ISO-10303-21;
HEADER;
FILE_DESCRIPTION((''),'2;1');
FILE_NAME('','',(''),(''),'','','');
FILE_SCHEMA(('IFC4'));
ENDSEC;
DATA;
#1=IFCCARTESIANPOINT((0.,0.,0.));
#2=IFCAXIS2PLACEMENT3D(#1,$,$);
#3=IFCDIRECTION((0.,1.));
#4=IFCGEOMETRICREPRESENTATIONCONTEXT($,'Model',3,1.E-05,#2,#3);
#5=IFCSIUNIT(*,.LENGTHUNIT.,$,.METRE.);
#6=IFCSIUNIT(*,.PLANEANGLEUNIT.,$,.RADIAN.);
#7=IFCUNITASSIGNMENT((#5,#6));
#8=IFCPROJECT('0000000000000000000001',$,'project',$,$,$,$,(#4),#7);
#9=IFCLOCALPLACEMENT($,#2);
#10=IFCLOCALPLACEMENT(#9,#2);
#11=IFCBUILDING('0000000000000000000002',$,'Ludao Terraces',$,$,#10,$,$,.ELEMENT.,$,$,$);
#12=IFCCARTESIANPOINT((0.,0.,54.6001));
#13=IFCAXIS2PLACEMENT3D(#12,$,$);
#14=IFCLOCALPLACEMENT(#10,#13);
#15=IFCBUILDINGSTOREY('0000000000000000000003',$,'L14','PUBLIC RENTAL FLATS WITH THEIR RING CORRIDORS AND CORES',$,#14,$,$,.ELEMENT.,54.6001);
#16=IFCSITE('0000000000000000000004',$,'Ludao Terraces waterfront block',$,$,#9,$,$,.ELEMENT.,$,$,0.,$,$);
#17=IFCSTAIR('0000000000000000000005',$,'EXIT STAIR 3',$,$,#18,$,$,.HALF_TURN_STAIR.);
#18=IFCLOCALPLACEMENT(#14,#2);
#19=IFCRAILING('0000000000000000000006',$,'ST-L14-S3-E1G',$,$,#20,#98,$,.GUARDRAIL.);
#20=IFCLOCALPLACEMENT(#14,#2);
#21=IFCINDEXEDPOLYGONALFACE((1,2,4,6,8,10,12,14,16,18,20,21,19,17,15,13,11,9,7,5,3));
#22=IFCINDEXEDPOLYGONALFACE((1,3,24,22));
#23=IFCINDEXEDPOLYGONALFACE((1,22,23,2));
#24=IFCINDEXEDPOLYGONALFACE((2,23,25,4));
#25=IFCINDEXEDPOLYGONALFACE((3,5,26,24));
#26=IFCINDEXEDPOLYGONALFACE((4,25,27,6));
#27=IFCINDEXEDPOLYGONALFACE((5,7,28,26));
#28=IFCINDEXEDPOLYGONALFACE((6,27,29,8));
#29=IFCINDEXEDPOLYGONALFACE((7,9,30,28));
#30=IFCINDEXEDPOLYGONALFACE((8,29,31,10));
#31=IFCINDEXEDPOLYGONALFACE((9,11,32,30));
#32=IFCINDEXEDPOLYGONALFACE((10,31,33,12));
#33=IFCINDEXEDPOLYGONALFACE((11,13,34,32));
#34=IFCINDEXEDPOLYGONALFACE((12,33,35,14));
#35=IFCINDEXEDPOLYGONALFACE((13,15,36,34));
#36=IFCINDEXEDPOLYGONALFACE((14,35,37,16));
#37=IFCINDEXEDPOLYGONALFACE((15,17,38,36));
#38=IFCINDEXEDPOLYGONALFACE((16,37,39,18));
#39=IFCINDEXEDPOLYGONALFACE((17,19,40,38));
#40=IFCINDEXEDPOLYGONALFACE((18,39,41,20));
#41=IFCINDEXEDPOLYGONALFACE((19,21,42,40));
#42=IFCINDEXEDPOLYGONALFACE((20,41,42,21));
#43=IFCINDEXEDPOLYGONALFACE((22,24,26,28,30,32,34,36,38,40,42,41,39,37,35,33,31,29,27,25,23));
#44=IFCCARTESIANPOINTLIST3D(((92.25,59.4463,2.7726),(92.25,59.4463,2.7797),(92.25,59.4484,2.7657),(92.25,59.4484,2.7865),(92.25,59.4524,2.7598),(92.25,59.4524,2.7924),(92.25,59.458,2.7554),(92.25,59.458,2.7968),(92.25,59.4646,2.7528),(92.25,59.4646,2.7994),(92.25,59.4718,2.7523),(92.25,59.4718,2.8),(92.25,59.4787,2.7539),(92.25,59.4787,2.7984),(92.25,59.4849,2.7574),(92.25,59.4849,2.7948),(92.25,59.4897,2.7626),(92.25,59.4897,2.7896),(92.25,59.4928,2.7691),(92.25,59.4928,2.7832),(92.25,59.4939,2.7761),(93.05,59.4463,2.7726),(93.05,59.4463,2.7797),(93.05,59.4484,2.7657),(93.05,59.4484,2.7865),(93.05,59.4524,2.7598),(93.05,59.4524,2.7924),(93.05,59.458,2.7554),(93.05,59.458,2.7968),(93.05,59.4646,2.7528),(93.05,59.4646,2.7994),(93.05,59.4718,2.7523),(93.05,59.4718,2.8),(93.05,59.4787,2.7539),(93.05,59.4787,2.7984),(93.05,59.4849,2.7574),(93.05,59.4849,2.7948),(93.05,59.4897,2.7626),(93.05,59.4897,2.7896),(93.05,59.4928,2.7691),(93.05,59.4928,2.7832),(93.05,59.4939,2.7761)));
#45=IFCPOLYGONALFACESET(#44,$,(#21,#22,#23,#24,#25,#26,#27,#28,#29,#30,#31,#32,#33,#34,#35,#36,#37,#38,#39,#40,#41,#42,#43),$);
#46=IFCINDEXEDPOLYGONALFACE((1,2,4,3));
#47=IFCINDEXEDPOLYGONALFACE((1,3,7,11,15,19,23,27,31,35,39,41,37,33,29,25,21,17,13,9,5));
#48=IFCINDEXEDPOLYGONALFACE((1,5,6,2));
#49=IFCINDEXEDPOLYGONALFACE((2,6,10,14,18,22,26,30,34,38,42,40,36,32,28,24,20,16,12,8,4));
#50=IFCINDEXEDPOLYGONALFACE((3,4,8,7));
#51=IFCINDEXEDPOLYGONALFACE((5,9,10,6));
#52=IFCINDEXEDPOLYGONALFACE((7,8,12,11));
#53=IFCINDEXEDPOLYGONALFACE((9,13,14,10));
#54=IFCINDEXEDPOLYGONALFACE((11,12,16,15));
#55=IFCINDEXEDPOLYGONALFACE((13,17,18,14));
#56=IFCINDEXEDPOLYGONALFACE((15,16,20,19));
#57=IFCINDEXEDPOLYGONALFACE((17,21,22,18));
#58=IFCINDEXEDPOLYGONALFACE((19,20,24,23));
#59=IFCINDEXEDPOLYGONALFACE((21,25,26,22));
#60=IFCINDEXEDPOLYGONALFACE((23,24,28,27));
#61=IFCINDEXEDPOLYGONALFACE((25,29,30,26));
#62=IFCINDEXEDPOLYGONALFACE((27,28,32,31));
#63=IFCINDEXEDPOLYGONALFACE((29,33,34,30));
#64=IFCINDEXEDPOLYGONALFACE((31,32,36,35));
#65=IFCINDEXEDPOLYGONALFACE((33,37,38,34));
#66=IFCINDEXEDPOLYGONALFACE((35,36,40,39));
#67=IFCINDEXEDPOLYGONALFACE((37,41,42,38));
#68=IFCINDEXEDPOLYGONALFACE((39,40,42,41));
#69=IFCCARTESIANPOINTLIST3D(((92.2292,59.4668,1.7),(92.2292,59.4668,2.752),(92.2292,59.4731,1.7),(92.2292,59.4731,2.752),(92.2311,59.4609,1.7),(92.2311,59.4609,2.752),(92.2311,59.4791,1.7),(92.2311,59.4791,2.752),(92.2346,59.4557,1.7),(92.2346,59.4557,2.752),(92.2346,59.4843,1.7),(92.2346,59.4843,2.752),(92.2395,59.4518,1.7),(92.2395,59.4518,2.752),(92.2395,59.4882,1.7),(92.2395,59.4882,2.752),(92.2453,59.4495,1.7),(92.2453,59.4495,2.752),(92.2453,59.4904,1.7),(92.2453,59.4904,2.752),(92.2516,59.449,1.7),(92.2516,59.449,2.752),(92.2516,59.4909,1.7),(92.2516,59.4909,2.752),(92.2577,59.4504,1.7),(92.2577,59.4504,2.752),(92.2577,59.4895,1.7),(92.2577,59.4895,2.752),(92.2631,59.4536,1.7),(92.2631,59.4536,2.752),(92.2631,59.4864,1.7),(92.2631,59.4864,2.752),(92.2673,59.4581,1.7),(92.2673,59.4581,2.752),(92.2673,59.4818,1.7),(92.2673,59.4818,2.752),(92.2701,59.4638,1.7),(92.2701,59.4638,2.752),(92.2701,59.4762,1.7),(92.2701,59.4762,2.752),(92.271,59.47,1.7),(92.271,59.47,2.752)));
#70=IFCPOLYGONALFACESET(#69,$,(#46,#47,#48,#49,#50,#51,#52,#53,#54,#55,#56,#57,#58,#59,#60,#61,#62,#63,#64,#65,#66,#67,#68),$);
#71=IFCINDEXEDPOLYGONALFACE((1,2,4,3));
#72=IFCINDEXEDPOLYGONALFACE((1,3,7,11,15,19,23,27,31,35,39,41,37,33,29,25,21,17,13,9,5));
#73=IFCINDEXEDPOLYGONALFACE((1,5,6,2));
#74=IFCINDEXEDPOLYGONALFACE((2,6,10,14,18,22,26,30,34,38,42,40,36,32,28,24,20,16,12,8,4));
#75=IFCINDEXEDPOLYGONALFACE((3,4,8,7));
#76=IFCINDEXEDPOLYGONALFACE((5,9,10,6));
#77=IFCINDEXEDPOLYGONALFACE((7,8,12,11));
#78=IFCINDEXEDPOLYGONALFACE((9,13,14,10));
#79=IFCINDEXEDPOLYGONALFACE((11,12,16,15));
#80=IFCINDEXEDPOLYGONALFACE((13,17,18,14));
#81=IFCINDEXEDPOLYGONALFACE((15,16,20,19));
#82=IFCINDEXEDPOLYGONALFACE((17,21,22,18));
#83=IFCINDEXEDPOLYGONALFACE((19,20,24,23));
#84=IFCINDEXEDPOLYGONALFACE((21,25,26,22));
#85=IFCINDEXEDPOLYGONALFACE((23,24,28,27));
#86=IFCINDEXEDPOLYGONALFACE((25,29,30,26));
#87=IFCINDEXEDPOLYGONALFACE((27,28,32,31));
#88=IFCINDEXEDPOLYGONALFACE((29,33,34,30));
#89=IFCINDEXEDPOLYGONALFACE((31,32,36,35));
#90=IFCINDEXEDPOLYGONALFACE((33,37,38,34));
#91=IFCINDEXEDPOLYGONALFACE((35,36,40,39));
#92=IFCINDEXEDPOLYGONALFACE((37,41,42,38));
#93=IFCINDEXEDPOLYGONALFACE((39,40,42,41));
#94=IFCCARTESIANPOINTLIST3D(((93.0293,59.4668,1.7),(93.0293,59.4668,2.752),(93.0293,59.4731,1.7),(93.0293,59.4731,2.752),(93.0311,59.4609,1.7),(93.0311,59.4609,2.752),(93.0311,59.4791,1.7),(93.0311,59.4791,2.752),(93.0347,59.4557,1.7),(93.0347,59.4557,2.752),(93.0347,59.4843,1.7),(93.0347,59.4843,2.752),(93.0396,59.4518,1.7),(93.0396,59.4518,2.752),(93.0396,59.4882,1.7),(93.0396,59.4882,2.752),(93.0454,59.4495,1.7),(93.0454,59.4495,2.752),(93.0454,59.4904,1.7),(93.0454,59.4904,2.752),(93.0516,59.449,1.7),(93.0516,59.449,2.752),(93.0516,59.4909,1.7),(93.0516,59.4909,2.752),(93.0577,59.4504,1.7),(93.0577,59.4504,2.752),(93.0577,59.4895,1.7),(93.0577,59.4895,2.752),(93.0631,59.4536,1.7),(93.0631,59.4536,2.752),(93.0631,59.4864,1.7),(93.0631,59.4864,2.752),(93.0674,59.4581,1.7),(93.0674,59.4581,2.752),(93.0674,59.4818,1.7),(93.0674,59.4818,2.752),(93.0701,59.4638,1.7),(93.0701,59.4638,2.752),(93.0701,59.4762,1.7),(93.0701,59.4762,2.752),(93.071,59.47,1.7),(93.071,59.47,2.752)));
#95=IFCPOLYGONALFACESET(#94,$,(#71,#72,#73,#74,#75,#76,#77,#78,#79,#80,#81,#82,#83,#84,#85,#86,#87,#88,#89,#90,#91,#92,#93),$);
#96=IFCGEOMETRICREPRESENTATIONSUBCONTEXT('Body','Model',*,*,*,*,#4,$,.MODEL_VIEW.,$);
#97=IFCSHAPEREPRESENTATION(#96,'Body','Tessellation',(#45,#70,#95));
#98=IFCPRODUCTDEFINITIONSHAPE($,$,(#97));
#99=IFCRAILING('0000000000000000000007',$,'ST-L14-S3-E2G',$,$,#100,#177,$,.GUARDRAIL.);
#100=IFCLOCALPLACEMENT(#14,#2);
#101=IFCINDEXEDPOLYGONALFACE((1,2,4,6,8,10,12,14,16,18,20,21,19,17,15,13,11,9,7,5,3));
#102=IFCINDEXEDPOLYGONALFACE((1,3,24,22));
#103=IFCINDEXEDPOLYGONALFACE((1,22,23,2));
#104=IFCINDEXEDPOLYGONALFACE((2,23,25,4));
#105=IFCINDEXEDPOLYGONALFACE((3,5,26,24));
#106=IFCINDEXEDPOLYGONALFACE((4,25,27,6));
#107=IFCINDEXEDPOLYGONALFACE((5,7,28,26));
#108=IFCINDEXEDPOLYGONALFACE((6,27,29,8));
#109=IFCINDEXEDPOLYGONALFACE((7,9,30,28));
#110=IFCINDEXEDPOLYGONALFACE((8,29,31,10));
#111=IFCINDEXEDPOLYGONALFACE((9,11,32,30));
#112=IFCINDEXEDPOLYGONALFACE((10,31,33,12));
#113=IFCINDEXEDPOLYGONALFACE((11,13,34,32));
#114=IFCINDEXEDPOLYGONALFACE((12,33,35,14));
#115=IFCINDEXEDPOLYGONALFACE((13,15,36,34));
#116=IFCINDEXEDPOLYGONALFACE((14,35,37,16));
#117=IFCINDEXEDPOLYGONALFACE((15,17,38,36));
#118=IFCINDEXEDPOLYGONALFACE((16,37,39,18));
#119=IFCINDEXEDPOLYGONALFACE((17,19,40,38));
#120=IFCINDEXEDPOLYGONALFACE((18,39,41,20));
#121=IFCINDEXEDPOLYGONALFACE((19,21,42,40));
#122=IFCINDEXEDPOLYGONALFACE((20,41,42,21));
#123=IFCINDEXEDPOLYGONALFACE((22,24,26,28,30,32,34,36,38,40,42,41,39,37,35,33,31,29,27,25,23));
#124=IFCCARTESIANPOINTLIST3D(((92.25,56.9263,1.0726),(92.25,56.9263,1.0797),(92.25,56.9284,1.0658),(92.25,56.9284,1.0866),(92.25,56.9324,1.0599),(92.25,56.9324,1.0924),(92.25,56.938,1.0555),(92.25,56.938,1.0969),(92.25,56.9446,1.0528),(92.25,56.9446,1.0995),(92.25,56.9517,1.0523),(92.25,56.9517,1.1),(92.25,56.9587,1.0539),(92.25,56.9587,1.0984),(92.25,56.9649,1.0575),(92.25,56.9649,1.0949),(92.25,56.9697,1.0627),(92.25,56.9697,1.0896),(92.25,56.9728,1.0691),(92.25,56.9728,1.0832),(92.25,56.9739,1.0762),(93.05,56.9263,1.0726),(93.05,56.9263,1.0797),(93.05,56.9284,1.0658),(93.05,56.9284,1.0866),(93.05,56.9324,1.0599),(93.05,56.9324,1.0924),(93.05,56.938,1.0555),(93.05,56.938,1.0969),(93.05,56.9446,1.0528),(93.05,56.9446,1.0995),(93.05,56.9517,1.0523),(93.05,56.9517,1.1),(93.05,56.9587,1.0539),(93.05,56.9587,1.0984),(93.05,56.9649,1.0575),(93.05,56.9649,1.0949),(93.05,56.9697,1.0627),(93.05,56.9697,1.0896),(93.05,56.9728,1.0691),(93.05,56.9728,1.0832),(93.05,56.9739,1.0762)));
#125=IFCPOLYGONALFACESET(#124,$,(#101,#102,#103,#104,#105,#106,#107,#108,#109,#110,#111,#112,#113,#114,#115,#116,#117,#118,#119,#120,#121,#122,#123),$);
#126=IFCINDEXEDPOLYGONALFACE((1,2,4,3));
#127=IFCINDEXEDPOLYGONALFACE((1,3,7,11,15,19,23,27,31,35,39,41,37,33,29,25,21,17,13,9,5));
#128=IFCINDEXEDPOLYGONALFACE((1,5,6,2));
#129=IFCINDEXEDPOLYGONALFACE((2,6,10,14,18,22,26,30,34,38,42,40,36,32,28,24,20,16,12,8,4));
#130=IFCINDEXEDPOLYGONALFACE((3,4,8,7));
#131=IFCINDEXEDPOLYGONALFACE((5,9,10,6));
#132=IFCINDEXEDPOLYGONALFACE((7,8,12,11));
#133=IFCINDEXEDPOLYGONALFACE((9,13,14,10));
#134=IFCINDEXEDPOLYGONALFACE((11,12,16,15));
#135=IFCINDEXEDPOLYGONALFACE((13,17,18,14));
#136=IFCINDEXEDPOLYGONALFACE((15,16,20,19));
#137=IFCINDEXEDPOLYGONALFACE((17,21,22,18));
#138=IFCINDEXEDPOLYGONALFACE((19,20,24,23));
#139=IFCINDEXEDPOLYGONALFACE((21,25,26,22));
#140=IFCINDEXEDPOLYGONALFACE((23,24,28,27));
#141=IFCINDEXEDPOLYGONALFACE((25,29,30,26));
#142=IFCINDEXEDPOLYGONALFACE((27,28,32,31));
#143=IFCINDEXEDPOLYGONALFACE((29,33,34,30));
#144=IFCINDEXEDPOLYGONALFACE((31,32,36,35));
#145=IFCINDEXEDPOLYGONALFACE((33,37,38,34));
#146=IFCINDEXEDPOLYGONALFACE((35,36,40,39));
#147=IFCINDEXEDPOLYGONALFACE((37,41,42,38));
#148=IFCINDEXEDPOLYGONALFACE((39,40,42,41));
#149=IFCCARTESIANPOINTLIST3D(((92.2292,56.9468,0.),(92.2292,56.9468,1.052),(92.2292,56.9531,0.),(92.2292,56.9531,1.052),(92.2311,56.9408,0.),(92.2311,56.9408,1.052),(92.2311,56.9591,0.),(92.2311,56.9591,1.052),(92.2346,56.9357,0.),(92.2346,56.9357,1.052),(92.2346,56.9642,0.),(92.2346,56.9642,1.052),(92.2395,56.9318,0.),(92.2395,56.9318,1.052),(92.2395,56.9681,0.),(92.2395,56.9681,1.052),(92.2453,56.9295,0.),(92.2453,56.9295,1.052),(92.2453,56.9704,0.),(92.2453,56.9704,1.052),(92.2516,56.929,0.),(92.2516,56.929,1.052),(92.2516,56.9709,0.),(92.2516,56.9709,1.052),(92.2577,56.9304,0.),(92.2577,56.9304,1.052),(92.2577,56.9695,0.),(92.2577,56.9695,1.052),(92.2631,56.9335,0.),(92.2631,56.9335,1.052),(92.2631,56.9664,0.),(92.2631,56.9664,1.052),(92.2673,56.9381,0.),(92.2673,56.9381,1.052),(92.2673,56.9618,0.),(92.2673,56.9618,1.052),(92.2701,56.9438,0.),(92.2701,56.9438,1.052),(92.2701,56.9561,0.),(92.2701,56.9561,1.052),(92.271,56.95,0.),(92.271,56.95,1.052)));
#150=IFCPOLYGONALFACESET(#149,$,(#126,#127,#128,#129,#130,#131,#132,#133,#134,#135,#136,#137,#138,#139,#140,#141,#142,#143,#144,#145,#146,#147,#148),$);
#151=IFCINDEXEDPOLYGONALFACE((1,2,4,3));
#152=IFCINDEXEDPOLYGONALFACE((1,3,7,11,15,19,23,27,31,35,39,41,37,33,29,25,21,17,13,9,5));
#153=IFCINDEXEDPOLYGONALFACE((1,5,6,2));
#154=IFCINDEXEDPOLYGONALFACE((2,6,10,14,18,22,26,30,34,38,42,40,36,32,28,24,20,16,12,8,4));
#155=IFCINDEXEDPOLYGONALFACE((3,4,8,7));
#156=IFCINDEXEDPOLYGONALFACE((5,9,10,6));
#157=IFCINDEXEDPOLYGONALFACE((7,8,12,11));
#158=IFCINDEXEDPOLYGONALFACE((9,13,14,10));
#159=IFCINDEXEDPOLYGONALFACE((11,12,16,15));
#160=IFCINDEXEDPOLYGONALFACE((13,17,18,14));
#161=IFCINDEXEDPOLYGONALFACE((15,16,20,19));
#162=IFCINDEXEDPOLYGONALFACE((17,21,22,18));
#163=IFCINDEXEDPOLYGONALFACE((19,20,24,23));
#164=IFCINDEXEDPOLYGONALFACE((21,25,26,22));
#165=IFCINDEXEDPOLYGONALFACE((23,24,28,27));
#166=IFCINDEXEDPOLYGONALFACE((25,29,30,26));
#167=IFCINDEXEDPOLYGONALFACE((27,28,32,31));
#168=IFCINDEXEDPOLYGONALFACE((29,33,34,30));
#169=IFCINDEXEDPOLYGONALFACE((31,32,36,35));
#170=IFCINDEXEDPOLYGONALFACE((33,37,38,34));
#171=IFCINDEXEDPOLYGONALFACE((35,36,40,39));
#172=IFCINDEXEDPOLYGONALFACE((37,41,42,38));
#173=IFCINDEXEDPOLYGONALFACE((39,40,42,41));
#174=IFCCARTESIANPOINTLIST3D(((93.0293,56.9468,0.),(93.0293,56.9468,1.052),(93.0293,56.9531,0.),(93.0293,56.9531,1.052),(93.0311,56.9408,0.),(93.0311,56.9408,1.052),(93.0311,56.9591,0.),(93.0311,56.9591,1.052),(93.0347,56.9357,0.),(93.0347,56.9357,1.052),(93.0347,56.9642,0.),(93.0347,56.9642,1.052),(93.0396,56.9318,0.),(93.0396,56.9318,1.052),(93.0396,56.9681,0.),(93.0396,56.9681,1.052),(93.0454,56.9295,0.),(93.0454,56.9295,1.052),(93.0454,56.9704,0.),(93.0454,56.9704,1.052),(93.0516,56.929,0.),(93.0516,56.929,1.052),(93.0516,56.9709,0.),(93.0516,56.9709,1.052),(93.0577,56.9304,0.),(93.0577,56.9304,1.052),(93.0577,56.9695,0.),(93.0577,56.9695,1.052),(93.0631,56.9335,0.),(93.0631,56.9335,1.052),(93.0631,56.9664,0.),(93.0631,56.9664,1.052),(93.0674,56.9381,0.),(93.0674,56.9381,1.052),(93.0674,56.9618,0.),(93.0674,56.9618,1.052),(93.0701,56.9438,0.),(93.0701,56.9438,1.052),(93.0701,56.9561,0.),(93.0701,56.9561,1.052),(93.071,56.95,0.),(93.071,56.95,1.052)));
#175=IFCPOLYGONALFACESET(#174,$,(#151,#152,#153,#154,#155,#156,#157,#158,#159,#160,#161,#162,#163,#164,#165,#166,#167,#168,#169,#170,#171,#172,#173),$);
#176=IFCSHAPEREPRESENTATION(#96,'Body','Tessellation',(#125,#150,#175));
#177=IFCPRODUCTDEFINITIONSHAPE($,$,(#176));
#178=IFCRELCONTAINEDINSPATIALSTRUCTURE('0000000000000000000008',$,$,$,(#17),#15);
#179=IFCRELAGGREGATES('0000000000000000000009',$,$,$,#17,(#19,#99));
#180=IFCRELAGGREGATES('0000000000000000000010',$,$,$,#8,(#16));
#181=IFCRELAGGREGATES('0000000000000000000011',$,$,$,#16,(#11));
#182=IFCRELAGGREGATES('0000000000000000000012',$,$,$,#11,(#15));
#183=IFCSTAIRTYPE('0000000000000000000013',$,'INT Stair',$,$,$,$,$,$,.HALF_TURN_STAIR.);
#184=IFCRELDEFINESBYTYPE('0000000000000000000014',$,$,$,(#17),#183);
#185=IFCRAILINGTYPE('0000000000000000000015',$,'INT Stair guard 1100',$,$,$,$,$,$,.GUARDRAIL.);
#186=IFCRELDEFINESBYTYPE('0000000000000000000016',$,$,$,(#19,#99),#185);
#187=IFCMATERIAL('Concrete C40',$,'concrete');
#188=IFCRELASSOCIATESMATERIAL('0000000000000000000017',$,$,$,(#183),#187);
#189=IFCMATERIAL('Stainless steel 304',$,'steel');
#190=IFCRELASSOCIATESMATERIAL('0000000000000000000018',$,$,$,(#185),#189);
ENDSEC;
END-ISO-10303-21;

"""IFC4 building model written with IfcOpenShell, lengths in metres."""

from ifc_helpers import new_model, si_unit, direction, frame, origin, origin_2d, place, context, subcontext, project, spatial, circle, extrude, material, type_object, element, aggregate, save


model = new_model("IFC4")

# Units and contexts
model_context = context("Model", 3, precision=1e-05, world=origin(), true_north=direction((0.0, 1.0)))
body_context = subcontext(model_context, "Body", "Model", "MODEL_VIEW")
ifc_project = project(units=[si_unit("LENGTHUNIT", "METRE"), si_unit("PLANEANGLEUNIT", "RADIAN")], contexts=[model_context])

# Site, building, storey
site_placement = place(None, origin())
site = spatial("IfcSite", under=ifc_project, at=site_placement, Name="Ludao Terraces waterfront block", CompositionType="ELEMENT", RefElevation=0.0)
building_placement = place(site_placement, origin())
building = spatial("IfcBuilding", under=site, at=building_placement, Name="Ludao Terraces", CompositionType="ELEMENT")
storey_placement = place(building_placement, frame((0.0, 0.0, 54.6001)))
storey = spatial("IfcBuildingStorey", under=building, at=storey_placement, Name="L14", Description="PUBLIC RENTAL FLATS WITH THEIR RING CORRIDORS AND CORES", CompositionType="ELEMENT", Elevation=54.6001)

# Stair, railings
ifc_material_1 = material(Name="Concrete C40", Category="concrete")
stair_type = type_object("IfcStairType", Name="INT Stair", PredefinedType="HALF_TURN_STAIR", material=ifc_material_1)
stair_placement = place(storey_placement, origin())
stair = element("IfcStair", 1, at=stair_placement, inside=storey, type_object=stair_type, Name="EXIT STAIR 3", PredefinedType="HALF_TURN_STAIR")
ifc_material_2 = material(Name="Stainless steel 304", Category="steel")
railing_type_1 = type_object("IfcRailingType", Name="INT Stair guard 1100", PredefinedType="GUARDRAIL", material=ifc_material_2)
railing_1_placement = place(storey_placement, frame((92.25, 59.47, 1.7)))
railing_1 = element("IfcRailing", 2, at=railing_1_placement, type_object=railing_type_1, Name="ST-L14-S3-E1G", PredefinedType="GUARDRAIL", context=body_context, shape_type="SweptSolid", body=[
    extrude(circle(Radius=0.0239, at=origin_2d()), frame((0.0, 0.0, 1.0762), z_axis=(1.0, 0.0, 0.0), x_axis=(0.0, 1.0, 0.0)), (0.0, 0.0, 1.0), 0.8),
    extrude(circle(Radius=0.021, at=origin_2d()), origin(), (0.0, 0.0, 1.0), 1.052),
    extrude(circle(Radius=0.021, at=origin_2d()), frame((0.8, 0.0, 0.0)), (0.0, 0.0, 1.0), 1.052),
])
railing_2_placement = place(storey_placement, frame((92.25, 56.95, 0.0)))
railing_2 = element("IfcRailing", 3, at=railing_2_placement, type_object=railing_type_1, Name="ST-L14-S3-E2G", PredefinedType="GUARDRAIL", context=body_context, shape_type="SweptSolid", body=[
    extrude(circle(Radius=0.0239, at=origin_2d()), frame((0.0, 0.0, 1.0762), z_axis=(1.0, 0.0, 0.0), x_axis=(0.0, 1.0, 0.0)), (0.0, 0.0, 1.0), 0.8),
    extrude(circle(Radius=0.021, at=origin_2d()), origin(), (0.0, 0.0, 1.0), 1.052),
    extrude(circle(Radius=0.021, at=origin_2d()), frame((0.8, 0.0, 0.0)), (0.0, 0.0, 1.0), 1.052),
])
aggregate(stair, [railing_1, railing_2])

save(model, "model.ifc")
